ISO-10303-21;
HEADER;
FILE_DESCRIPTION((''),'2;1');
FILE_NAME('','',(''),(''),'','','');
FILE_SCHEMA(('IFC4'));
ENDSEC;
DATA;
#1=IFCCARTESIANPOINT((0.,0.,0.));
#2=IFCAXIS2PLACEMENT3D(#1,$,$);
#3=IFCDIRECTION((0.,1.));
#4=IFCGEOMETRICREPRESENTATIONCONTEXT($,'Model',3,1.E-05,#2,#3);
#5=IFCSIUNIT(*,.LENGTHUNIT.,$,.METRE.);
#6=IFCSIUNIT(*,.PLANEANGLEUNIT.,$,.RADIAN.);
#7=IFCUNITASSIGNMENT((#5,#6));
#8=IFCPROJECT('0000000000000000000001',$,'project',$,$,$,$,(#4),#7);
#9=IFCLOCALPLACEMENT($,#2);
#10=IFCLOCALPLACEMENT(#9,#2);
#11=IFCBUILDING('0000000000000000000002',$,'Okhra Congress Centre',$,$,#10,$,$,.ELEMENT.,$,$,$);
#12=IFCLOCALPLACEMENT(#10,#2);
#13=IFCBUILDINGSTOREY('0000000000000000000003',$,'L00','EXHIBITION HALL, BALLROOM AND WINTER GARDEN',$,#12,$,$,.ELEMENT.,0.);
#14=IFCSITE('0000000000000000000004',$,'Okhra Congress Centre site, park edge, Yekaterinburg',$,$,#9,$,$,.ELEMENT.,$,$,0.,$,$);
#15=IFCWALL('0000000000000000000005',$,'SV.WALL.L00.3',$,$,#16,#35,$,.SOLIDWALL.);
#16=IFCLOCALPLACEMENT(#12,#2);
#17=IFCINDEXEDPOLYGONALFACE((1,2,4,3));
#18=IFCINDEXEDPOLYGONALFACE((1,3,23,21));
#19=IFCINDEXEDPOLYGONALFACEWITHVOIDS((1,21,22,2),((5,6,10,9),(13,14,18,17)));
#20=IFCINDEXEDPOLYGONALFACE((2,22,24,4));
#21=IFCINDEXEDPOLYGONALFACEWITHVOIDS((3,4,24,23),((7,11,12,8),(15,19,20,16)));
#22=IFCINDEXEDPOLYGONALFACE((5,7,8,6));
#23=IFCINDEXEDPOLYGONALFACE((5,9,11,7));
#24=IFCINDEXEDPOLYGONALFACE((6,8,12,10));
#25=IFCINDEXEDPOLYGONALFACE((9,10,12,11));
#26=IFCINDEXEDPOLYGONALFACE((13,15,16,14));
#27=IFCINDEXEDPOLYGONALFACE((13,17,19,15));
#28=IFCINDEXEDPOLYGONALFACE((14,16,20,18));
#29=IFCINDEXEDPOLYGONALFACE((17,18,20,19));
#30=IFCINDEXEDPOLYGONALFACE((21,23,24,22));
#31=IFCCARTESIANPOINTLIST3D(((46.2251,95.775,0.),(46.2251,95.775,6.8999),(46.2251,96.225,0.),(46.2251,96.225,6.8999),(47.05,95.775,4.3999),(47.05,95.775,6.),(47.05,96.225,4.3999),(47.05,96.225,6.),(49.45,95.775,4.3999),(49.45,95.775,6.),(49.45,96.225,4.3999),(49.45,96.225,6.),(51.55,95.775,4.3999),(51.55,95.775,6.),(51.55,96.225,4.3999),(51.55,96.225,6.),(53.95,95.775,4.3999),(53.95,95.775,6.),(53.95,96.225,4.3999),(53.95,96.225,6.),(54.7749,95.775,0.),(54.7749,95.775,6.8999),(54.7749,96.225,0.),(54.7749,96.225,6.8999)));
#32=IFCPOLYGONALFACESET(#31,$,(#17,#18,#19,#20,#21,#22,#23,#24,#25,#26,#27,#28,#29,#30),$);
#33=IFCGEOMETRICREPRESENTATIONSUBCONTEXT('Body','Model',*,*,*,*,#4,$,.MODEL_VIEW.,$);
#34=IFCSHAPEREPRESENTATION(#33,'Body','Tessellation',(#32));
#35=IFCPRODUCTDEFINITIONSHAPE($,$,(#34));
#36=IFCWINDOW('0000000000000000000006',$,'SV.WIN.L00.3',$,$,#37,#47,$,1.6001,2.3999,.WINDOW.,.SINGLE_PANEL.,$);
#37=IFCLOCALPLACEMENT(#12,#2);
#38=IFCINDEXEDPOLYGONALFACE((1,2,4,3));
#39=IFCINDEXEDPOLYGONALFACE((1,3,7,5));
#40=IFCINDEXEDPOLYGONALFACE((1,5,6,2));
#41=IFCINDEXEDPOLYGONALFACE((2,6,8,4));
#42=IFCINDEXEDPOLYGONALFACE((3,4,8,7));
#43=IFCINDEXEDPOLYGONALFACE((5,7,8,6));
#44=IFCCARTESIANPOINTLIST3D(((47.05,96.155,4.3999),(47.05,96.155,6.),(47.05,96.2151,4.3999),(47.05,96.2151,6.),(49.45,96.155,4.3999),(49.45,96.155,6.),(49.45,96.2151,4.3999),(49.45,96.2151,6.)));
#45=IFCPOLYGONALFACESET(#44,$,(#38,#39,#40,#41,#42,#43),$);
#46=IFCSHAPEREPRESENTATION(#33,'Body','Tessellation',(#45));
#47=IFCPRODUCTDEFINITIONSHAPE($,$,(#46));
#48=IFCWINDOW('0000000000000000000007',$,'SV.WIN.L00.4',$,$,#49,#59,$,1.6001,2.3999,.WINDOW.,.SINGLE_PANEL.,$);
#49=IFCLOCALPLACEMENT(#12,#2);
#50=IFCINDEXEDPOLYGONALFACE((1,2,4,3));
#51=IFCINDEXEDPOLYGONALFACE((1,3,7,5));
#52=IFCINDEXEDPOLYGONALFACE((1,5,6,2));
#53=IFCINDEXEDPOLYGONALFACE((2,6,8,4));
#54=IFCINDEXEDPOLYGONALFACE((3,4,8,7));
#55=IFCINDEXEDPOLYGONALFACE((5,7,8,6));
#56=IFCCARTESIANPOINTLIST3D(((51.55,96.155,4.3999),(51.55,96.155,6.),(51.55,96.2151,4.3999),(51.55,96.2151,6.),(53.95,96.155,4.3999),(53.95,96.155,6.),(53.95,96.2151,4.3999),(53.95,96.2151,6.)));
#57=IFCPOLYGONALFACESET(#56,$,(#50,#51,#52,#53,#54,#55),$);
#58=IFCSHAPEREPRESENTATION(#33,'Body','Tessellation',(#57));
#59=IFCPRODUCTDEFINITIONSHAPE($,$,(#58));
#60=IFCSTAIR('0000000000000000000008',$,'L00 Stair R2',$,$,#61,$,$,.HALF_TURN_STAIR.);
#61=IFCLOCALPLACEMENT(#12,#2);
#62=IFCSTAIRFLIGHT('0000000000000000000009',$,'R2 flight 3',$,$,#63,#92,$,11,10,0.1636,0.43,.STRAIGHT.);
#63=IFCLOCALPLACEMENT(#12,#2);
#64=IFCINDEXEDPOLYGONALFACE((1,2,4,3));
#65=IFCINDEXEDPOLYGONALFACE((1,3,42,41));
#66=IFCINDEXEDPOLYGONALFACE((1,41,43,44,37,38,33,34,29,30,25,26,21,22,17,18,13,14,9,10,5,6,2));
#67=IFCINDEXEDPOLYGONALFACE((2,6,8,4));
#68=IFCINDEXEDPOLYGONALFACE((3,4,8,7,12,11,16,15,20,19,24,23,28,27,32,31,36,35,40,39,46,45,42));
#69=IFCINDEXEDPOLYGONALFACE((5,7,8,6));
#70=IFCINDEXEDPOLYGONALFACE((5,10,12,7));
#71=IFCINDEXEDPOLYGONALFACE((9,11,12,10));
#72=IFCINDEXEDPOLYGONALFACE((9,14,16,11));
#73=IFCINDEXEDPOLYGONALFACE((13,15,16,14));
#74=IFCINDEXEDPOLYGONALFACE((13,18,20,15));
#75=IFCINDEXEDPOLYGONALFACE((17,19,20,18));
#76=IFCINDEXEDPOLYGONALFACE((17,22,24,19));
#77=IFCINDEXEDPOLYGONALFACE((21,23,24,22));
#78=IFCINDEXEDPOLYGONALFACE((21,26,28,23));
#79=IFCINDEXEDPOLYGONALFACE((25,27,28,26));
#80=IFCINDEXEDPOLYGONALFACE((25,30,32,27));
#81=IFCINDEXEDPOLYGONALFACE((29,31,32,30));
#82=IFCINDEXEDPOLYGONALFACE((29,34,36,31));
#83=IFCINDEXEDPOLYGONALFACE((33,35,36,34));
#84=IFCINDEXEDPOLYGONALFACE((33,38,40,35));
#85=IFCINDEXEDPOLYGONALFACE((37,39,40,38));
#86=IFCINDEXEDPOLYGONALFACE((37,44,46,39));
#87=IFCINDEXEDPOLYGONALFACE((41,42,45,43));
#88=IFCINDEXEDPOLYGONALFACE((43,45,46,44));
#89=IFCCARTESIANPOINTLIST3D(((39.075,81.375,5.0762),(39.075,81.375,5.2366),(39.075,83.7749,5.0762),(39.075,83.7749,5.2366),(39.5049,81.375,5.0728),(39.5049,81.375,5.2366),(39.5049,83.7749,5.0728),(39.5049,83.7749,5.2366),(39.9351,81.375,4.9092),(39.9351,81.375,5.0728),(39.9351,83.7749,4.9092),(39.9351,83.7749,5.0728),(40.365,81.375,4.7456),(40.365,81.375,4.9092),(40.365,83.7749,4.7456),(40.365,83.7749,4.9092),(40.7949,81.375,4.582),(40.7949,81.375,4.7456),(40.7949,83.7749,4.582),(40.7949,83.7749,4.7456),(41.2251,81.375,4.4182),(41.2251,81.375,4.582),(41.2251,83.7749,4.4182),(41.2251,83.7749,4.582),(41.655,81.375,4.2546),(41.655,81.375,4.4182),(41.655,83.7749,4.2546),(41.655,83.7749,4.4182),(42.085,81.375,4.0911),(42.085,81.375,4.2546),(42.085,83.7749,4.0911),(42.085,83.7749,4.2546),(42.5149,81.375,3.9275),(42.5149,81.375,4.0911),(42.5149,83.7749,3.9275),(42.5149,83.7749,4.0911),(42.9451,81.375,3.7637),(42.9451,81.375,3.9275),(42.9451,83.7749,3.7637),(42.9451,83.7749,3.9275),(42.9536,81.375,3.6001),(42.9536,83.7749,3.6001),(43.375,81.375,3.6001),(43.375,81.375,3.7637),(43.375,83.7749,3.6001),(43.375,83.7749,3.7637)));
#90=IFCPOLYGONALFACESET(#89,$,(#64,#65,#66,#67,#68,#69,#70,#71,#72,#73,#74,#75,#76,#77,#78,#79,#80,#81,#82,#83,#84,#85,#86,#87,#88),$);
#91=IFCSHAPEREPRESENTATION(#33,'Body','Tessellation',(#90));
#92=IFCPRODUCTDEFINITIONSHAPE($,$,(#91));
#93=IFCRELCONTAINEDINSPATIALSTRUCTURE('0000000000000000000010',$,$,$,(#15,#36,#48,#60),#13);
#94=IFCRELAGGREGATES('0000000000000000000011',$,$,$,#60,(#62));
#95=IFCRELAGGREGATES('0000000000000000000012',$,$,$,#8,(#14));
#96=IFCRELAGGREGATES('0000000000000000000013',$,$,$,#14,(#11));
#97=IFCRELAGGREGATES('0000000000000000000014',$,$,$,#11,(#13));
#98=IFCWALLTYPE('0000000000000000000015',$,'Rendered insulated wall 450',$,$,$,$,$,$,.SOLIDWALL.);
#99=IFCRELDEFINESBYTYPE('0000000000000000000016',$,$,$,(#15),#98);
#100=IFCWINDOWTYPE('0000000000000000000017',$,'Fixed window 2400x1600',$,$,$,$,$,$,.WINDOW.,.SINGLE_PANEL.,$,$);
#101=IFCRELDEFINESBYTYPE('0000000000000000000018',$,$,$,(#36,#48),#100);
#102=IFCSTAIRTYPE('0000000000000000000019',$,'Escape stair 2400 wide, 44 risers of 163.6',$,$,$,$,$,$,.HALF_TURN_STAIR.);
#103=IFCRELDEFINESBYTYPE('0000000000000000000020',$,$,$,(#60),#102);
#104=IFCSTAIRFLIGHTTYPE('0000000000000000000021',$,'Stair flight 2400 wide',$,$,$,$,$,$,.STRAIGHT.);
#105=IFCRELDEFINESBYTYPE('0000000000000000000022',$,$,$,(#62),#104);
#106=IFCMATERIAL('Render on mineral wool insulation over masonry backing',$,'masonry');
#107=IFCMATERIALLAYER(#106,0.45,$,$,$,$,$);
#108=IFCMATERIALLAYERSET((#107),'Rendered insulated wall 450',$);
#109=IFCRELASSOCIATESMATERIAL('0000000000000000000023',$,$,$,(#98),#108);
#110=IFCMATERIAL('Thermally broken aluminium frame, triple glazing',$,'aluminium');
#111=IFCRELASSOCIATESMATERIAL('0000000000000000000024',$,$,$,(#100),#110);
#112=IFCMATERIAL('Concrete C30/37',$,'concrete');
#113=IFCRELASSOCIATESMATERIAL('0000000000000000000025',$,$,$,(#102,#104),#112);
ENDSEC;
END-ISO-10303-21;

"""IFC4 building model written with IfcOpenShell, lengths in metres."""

from ifc_helpers import new_model, si_unit, direction, frame, frame_2d, origin, place, context, subcontext, project, spatial, polyline, rectangle, outline, extrude, material, layer, layer_set, type_object, element, fill, aggregate, save


model = new_model("IFC4")

# Units and contexts
model_context = context("Model", 3, precision=1e-05, world=origin(), true_north=direction((0.0, 1.0)))
body_context = subcontext(model_context, "Body", "Model", "MODEL_VIEW")
ifc_project = project(units=[si_unit("LENGTHUNIT", "METRE"), si_unit("PLANEANGLEUNIT", "RADIAN")], contexts=[model_context])

# Site, building, storey
site_placement = place(None, origin())
site = spatial("IfcSite", under=ifc_project, at=site_placement, Name="Okhra Congress Centre site, park edge, Yekaterinburg", CompositionType="ELEMENT", RefElevation=0.0)
building_placement = place(site_placement, origin())
building = spatial("IfcBuilding", under=site, at=building_placement, Name="Okhra Congress Centre", CompositionType="ELEMENT")
storey_placement = place(building_placement, origin())
storey = spatial("IfcBuildingStorey", under=building, at=storey_placement, Name="L00", Description="EXHIBITION HALL, BALLROOM AND WINTER GARDEN", CompositionType="ELEMENT", Elevation=0.0)

# Shared definitions
ifc_material_1 = material(Name="Concrete C30/37", Category="concrete")

# Wall, openings, windows
ifc_material_2 = material(Name="Render on mineral wool insulation over masonry backing", Category="masonry")
ifc_layer_1 = layer(ifc_material_2, 0.45)
ifc_layer_set_1 = layer_set([ifc_layer_1], Name="Rendered insulated wall 450")
wall_type_1 = type_object("IfcWallType", Name="Rendered insulated wall 450", PredefinedType="SOLIDWALL", material=ifc_layer_set_1)
wall_1_placement = place(storey_placement, frame((46.2251, 96.0, 0.0), z_axis=(0.0, 0.0, 1.0), x_axis=(1.0, 0.0, 0.0)))
wall_1 = element("IfcWall", 1, at=wall_1_placement, inside=storey, type_object=wall_type_1, Name="SV.WALL.L00.3", PredefinedType="SOLIDWALL", context=body_context, shape_type="SweptSolid", body=[
    extrude(rectangle(XDim=8.5498, YDim=0.45, at=frame_2d((4.2749, 0.0))), origin(), (0.0, 0.0, 1.0), 6.8999),
])
opening_1_placement = place(wall_1_placement, frame((0.825, 0.0, 4.3999)))
opening_1 = element("IfcOpeningElement", 2, at=opening_1_placement, cuts=wall_1, PredefinedType="OPENING", context=body_context, shape_type="SweptSolid", body=[
    extrude(rectangle(XDim=2.3999, YDim=1.6001, at=frame_2d((1.2, 0.8))), frame((0.0, 0.2349, 0.0), z_axis=(0.0, -1.0, 0.0), x_axis=(1.0, 0.0, 0.0)), (0.0, 0.0, 1.0), 0.47),
])
opening_2_placement = place(wall_1_placement, frame((5.325, 0.0, 4.3999)))
opening_2 = element("IfcOpeningElement", 3, at=opening_2_placement, cuts=wall_1, PredefinedType="OPENING", context=body_context, shape_type="SweptSolid", body=[
    extrude(rectangle(XDim=2.3999, YDim=1.6001, at=frame_2d((1.2, 0.8))), frame((0.0, 0.2349, 0.0), z_axis=(0.0, -1.0, 0.0), x_axis=(1.0, 0.0, 0.0)), (0.0, 0.0, 1.0), 0.47),
])
ifc_material_3 = material(Name="Thermally broken aluminium frame, triple glazing", Category="aluminium")
window_type = type_object("IfcWindowType", Name="Fixed window 2400x1600", PartitioningType="SINGLE_PANEL", PredefinedType="WINDOW", material=ifc_material_3)
window_1_placement = place(opening_1_placement, origin())
window_1 = element("IfcWindow", 4, at=window_1_placement, inside=storey, type_object=window_type, Name="SV.WIN.L00.3", OverallHeight=1.6001, OverallWidth=2.3999, PartitioningType="SINGLE_PANEL", PredefinedType="WINDOW", context=body_context, shape_type="SweptSolid", body=[
    extrude(rectangle(XDim=2.3999, YDim=1.6001, at=frame_2d((1.2, 0.8))), frame((0.0, 0.2151, 0.0), z_axis=(0.0, -1.0, 0.0), x_axis=(1.0, 0.0, 0.0)), (0.0, 0.0, 1.0), 0.0601),
])
fill(opening_1, window_1)
window_2_placement = place(opening_2_placement, origin())
window_2 = element("IfcWindow", 5, at=window_2_placement, inside=storey, type_object=window_type, Name="SV.WIN.L00.4", OverallHeight=1.6001, OverallWidth=2.3999, PartitioningType="SINGLE_PANEL", PredefinedType="WINDOW", context=body_context, shape_type="SweptSolid", body=[
    extrude(rectangle(XDim=2.3999, YDim=1.6001, at=frame_2d((1.2, 0.8))), frame((0.0, 0.2151, 0.0), z_axis=(0.0, -1.0, 0.0), x_axis=(1.0, 0.0, 0.0)), (0.0, 0.0, 1.0), 0.0601),
])
fill(opening_2, window_2)

# Stair, stair flight
stair_type = type_object("IfcStairType", Name="Escape stair 2400 wide, 44 risers of 163.6", PredefinedType="HALF_TURN_STAIR", material=ifc_material_1)
stair_placement = place(storey_placement, origin())
stair = element("IfcStair", 6, at=stair_placement, inside=storey, type_object=stair_type, Name="L00 Stair R2", PredefinedType="HALF_TURN_STAIR")
stair_flight_type = type_object("IfcStairFlightType", Name="Stair flight 2400 wide", PredefinedType="STRAIGHT", material=ifc_material_1)
stair_flight_placement = place(storey_placement, frame((43.375, 82.575, 3.6001), z_axis=(0.0, 0.0, 1.0), x_axis=(-1.0, 0.0, 0.0)))
stair_flight = element("IfcStairFlight", 7, at=stair_flight_placement, type_object=stair_flight_type, Name="R2 flight 3", NumberOfRisers=11, NumberOfTreads=10, PredefinedType="STRAIGHT", RiserHeight=0.1636, TreadLength=0.43, context=body_context, shape_type="SweptSolid", body=[
    extrude(outline(polyline([(0.0, 0.0), (0.0, 0.1636), (0.4299, 0.1636), (0.4299, 0.3274), (0.8601, 0.3274), (0.8601, 0.491), (1.29, 0.491), (1.29, 0.6545), (1.72, 0.6545), (1.72, 0.8181), (2.1499, 0.8181), (2.1499, 0.9819), (2.5801, 0.9819), (2.5801, 1.1455), (3.01, 1.1455), (3.01, 1.3091), (3.4399, 1.3091), (3.4399, 1.4727), (3.8701, 1.4727), (3.8701, 1.6365), (4.3, 1.6365), (4.3, 1.8), (4.3, 1.4761), (0.4214, 0.0), (0.0, 0.0)])), frame((0.0, 1.2, 0.0), z_axis=(0.0, -1.0, 0.0), x_axis=(1.0, 0.0, 0.0)), (0.0, 0.0, 1.0), 2.3999),
])
aggregate(stair, [stair_flight])

save(model, "model.ifc")
